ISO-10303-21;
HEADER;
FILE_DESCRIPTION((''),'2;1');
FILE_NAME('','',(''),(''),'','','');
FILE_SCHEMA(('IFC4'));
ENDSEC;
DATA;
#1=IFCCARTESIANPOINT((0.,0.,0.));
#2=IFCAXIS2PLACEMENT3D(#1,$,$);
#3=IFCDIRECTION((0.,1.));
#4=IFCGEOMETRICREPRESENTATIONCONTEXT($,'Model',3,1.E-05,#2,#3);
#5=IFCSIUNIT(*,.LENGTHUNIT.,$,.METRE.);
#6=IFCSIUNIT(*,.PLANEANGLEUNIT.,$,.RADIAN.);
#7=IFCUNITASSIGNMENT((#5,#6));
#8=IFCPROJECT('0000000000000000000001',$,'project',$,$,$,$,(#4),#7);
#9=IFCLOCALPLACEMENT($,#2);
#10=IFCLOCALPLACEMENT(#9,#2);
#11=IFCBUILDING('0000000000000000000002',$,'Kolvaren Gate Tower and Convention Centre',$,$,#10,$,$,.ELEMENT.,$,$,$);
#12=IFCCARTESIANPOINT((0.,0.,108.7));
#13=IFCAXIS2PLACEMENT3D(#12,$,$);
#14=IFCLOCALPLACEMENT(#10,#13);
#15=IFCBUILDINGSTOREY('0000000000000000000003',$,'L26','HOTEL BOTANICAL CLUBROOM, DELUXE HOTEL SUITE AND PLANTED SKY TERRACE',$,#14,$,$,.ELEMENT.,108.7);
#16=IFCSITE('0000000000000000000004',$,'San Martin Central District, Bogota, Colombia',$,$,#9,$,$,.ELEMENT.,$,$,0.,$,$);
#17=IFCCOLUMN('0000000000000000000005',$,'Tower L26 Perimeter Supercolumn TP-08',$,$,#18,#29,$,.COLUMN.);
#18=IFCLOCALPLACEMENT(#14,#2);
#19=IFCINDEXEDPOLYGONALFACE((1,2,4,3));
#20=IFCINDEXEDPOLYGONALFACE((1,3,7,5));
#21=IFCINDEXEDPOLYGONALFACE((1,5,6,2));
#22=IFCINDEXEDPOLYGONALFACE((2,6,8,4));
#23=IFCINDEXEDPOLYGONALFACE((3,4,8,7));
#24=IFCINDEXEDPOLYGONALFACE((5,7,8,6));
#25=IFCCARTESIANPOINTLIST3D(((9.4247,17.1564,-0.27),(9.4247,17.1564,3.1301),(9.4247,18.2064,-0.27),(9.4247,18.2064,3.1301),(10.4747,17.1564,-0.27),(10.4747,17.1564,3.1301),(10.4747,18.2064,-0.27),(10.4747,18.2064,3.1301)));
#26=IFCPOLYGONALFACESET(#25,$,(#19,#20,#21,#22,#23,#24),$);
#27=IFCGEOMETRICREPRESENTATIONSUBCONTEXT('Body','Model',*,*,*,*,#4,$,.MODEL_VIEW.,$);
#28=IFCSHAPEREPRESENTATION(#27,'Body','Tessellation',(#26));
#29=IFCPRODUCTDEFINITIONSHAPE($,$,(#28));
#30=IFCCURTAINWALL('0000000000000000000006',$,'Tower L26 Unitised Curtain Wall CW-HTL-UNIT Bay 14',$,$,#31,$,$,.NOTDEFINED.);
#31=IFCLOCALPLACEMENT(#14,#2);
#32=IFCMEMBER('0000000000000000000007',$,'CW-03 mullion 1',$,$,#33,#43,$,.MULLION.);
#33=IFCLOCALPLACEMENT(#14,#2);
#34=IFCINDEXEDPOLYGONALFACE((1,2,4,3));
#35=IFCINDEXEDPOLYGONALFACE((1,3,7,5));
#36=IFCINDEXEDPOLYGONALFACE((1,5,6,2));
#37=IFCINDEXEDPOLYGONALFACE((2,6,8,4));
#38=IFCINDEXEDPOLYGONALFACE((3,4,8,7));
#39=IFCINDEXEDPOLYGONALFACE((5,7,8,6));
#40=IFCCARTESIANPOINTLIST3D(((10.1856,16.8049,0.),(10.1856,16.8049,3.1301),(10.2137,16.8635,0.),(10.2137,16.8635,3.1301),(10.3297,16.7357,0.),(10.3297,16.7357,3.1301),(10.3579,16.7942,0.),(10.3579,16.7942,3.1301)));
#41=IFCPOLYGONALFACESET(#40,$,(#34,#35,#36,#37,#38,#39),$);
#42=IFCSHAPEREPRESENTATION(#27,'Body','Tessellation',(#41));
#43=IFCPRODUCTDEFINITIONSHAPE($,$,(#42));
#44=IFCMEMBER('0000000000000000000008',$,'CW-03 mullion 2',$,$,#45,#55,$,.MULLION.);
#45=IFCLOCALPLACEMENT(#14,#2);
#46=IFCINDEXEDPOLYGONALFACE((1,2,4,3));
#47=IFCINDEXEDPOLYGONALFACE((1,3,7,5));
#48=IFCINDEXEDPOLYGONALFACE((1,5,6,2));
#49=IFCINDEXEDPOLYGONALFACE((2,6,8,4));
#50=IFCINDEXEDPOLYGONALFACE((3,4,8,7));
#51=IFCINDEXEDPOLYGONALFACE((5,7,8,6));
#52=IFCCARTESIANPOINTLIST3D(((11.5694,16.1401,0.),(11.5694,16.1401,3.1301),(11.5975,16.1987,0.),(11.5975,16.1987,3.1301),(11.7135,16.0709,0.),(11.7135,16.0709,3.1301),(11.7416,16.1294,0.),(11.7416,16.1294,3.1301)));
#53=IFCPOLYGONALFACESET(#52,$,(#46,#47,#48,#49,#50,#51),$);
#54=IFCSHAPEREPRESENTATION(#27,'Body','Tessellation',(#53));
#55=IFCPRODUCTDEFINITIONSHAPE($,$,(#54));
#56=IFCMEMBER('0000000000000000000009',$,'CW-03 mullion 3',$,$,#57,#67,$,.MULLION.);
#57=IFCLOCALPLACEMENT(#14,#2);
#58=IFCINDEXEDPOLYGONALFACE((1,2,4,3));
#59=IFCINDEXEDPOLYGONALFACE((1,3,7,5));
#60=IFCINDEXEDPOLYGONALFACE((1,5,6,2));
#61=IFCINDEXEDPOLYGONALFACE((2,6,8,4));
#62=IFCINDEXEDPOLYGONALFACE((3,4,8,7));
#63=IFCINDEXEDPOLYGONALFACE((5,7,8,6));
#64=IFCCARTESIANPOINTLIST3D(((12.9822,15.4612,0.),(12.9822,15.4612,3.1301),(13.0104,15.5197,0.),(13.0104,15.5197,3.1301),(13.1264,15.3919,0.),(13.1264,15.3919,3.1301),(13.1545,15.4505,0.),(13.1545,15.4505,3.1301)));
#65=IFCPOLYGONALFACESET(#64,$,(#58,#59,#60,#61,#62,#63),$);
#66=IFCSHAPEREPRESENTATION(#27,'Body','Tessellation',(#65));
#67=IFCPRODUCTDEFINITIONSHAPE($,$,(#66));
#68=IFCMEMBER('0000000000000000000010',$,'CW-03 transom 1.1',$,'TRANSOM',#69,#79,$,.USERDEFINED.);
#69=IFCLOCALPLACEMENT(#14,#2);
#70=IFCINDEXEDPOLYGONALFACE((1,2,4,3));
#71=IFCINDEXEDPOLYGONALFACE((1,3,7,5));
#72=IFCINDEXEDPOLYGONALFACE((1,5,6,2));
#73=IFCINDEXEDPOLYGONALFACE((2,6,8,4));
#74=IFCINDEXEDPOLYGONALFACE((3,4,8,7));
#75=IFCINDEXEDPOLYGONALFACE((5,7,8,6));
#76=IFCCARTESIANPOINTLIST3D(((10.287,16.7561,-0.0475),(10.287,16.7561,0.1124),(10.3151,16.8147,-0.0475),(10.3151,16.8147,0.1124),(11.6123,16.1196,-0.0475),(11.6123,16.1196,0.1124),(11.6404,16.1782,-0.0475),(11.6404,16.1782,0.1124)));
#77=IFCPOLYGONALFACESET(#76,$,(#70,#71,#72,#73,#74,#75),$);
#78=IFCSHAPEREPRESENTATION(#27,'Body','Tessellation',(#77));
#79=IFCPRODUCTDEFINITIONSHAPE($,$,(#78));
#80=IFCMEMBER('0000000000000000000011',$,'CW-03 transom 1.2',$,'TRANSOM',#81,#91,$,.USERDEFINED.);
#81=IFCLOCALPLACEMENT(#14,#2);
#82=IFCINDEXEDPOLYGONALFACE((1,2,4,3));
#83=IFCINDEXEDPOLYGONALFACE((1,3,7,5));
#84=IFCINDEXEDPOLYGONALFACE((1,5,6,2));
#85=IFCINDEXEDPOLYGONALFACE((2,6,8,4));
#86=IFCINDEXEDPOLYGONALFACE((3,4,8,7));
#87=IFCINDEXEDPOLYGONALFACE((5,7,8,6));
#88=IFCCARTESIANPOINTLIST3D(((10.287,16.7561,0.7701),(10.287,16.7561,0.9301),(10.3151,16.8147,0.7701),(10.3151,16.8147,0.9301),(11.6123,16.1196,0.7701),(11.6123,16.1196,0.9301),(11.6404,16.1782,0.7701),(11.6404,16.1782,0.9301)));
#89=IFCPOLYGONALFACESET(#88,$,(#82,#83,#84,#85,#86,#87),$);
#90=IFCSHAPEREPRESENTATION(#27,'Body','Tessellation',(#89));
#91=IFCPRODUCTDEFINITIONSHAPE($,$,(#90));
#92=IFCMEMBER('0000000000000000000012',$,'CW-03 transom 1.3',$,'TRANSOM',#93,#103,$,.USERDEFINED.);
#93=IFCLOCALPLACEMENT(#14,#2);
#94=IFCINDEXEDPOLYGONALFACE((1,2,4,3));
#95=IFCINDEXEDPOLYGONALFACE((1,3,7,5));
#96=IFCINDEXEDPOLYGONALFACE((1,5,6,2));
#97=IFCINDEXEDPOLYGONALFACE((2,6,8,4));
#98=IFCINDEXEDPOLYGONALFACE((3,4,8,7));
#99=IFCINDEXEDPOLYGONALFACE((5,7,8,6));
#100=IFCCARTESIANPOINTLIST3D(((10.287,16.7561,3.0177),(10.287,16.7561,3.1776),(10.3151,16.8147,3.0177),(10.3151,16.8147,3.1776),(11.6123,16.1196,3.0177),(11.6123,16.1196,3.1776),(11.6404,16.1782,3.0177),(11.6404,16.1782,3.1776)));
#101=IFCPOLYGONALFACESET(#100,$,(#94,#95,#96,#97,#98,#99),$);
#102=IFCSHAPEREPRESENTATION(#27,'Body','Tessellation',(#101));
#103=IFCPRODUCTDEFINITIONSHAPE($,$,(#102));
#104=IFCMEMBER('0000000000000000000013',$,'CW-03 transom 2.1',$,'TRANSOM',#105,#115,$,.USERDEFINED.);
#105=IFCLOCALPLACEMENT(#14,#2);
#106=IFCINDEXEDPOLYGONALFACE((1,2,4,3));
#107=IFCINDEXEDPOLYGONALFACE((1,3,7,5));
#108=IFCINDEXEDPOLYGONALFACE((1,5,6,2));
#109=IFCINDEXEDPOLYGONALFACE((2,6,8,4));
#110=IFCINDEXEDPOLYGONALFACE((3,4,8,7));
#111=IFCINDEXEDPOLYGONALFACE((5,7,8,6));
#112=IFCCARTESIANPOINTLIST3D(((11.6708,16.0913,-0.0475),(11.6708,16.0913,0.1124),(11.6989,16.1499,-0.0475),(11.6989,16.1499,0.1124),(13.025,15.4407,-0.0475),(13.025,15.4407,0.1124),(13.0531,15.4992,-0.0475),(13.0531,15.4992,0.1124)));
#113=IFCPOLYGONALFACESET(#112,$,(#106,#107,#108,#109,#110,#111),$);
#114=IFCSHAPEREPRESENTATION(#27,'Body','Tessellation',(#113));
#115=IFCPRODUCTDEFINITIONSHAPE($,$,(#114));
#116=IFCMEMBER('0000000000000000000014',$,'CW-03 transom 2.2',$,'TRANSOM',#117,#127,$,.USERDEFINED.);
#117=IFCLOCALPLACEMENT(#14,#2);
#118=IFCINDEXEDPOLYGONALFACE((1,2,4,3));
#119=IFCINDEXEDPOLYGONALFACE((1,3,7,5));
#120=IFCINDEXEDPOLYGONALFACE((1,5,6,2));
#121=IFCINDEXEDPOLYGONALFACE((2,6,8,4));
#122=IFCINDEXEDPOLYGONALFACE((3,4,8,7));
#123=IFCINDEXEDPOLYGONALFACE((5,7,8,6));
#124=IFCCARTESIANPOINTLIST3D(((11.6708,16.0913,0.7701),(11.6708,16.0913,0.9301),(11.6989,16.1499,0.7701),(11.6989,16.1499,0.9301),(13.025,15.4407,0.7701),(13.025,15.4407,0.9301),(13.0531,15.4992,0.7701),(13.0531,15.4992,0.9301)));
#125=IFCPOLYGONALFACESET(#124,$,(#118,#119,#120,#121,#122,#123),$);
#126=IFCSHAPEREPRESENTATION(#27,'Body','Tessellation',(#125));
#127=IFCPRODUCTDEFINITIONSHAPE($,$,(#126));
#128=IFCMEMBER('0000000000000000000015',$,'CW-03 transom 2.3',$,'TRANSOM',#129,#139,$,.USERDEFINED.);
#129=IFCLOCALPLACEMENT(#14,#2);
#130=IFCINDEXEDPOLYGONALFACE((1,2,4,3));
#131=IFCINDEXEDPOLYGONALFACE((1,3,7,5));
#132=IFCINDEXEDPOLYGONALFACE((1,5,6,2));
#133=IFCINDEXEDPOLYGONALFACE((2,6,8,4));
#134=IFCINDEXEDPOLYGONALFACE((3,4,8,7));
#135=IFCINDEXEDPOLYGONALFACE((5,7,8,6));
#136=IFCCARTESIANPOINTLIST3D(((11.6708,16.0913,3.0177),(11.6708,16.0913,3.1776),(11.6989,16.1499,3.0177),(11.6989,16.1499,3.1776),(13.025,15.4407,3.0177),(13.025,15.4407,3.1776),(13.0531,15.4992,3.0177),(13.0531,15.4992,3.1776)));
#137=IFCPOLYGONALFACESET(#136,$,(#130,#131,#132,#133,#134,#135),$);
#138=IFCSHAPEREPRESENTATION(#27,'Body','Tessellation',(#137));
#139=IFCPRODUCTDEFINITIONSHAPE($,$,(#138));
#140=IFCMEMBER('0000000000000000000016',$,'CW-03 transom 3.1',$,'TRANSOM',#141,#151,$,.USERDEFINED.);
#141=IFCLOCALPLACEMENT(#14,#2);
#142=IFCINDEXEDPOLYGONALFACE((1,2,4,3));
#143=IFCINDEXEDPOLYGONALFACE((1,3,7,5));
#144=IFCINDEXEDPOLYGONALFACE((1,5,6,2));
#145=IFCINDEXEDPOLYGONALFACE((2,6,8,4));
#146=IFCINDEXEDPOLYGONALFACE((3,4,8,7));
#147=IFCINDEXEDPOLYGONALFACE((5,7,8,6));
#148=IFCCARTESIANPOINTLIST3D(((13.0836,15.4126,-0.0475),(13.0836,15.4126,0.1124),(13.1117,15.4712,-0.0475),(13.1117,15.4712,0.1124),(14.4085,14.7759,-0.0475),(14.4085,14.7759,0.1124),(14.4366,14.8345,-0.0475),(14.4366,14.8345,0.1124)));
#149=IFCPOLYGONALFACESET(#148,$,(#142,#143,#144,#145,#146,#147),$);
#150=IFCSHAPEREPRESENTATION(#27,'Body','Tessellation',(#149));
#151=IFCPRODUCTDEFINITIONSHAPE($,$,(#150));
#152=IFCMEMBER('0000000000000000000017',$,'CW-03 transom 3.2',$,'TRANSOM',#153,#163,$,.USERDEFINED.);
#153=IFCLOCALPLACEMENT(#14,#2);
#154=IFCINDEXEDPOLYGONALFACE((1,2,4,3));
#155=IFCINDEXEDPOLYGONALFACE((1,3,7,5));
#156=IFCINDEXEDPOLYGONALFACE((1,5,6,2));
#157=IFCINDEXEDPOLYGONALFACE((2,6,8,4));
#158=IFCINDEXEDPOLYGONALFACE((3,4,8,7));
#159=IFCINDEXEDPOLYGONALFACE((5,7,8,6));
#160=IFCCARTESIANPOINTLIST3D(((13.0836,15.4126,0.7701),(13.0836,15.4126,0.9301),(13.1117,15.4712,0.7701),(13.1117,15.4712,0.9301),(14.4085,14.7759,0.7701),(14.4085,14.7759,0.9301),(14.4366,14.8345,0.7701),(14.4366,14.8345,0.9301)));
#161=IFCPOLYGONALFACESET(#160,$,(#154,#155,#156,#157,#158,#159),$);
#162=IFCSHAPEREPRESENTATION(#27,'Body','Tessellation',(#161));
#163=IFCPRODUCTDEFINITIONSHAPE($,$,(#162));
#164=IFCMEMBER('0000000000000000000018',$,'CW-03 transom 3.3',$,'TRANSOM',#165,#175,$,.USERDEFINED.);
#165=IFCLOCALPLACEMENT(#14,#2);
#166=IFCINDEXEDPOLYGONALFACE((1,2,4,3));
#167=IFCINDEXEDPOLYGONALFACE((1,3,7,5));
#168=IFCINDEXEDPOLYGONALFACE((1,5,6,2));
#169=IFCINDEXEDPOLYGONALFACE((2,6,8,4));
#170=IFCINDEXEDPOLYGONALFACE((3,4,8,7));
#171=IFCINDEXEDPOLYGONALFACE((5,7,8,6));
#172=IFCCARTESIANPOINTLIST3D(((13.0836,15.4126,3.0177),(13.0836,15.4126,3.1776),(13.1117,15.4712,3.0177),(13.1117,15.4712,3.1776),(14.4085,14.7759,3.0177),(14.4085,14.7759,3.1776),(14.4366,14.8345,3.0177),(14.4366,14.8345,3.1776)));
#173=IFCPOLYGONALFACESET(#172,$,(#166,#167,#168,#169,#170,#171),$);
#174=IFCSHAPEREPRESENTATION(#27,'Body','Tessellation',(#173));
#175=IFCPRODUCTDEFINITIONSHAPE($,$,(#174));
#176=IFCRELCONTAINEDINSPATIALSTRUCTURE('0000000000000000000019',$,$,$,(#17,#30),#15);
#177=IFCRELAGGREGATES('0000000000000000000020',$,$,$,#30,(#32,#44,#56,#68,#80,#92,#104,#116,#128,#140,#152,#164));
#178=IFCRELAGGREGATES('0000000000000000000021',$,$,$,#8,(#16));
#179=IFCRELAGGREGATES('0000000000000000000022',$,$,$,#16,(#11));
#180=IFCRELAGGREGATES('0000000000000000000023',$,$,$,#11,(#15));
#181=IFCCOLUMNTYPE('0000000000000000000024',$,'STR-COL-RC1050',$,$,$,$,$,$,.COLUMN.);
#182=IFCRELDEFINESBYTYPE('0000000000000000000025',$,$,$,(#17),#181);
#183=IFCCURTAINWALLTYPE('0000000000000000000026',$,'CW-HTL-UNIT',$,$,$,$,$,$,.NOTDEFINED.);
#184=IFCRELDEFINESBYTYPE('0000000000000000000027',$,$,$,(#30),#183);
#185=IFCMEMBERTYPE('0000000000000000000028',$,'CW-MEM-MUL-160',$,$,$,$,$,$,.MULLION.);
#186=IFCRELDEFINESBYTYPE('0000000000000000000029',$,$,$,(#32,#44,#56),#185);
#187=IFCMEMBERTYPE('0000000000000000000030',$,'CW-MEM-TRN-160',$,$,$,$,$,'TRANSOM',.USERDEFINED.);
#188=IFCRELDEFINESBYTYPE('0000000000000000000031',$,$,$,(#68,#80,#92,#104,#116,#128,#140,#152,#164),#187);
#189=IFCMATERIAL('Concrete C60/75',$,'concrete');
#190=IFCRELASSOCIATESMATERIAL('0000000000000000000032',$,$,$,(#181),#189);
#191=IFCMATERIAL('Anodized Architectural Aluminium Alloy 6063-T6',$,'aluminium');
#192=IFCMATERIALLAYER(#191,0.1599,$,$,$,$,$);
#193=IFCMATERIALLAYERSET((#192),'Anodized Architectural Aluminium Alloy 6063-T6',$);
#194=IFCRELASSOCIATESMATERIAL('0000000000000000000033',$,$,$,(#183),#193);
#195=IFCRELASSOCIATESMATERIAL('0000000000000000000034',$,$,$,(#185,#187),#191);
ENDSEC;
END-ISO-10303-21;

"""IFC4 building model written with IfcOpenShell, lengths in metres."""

from ifc_helpers import new_model, si_unit, direction, frame, origin, origin_2d, place, context, subcontext, project, spatial, rectangle, extrude, material, layer, layer_set, material_profile, profile_set, type_object, element, aggregate, save


model = new_model("IFC4")

# Units and contexts
model_context = context("Model", 3, precision=1e-05, world=origin(), true_north=direction((0.0, 1.0)))
body_context = subcontext(model_context, "Body", "Model", "MODEL_VIEW")
ifc_project = project(units=[si_unit("LENGTHUNIT", "METRE"), si_unit("PLANEANGLEUNIT", "RADIAN")], contexts=[model_context])

# Site, building, storey
site_placement = place(None, origin())
site = spatial("IfcSite", under=ifc_project, at=site_placement, Name="San Martin Central District, Bogota, Colombia", CompositionType="ELEMENT", RefElevation=0.0)
building_placement = place(site_placement, origin())
building = spatial("IfcBuilding", under=site, at=building_placement, Name="Kolvaren Gate Tower and Convention Centre", CompositionType="ELEMENT")
storey_placement = place(building_placement, frame((0.0, 0.0, 108.7)))
storey = spatial("IfcBuildingStorey", under=building, at=storey_placement, Name="L26", Description="HOTEL BOTANICAL CLUBROOM, DELUXE HOTEL SUITE AND PLANTED SKY TERRACE", CompositionType="ELEMENT", Elevation=108.7)

# Column
ifc_material_1 = material(Name="Concrete C60/75", Category="concrete")
ifc_material_profile_1 = material_profile(ifc_material_1, rectangle(XDim=1.05, YDim=1.05, at=origin_2d()), Name="RC-COL-1050X1050")
ifc_profile_set_1 = profile_set([ifc_material_profile_1], Name="Concrete C60/75")
column_type = type_object("IfcColumnType", Name="STR-COL-RC1050", PredefinedType="COLUMN", material=ifc_profile_set_1)
column_placement = place(storey_placement, frame((9.9497, 17.6814, -0.27), z_axis=(0.0, 0.0, 1.0), x_axis=(1.0, 0.0, 0.0)))
element("IfcColumn", 1, at=column_placement, inside=storey, type_object=column_type, Name="Tower L26 Perimeter Supercolumn TP-08", PredefinedType="COLUMN", context=body_context, shape_type="SweptSolid", body=[
    extrude(rectangle(XDim=1.05, YDim=1.05, at=origin_2d()), origin(), (0.0, 0.0, 1.0), 3.4001),
])

# Curtain wall, members
ifc_material_2 = material(Name="Anodized Architectural Aluminium Alloy 6063-T6", Category="aluminium")
ifc_layer_1 = layer(ifc_material_2, 0.1599)
ifc_layer_set_1 = layer_set([ifc_layer_1], Name="Anodized Architectural Aluminium Alloy 6063-T6")
curtain_wall_type = type_object("IfcCurtainWallType", Name="CW-HTL-UNIT", PredefinedType="NOTDEFINED", material=ifc_layer_set_1)
curtain_wall_placement = place(storey_placement, origin())
curtain_wall = element("IfcCurtainWall", 2, at=curtain_wall_placement, inside=storey, type_object=curtain_wall_type, Name="Tower L26 Unitised Curtain Wall CW-HTL-UNIT Bay 14", PredefinedType="NOTDEFINED")
ifc_material_profile_2 = material_profile(ifc_material_2, rectangle(XDim=0.0649, YDim=0.1599, at=origin_2d()), Name="CW-MEM-MUL-160")
ifc_profile_set_2 = profile_set([ifc_material_profile_2], Name="Anodized Architectural Aluminium Alloy 6063-T6")
member_type_1 = type_object("IfcMemberType", Name="CW-MEM-MUL-160", PredefinedType="MULLION", material=ifc_profile_set_2)
member_1_placement = place(storey_placement, frame((10.2717, 16.7996, 0.0), z_axis=(0.0, 0.0, 1.0), x_axis=(0.433073, 0.901359, 0.0)))
member_1 = element("IfcMember", 3, at=member_1_placement, type_object=member_type_1, Name="CW-03 mullion 1", PredefinedType="MULLION", context=body_context, shape_type="SweptSolid", body=[
    extrude(rectangle(XDim=0.0649, YDim=0.1599, at=origin_2d()), origin(), (0.0, 0.0, 1.0), 3.1301),
])
member_2_placement = place(storey_placement, frame((11.6555, 16.1348, 0.0), z_axis=(0.0, 0.0, 1.0), x_axis=(0.433073, 0.901359, 0.0)))
member_2 = element("IfcMember", 4, at=member_2_placement, type_object=member_type_1, Name="CW-03 mullion 2", PredefinedType="MULLION", context=body_context, shape_type="SweptSolid", body=[
    extrude(rectangle(XDim=0.0649, YDim=0.1599, at=origin_2d()), origin(), (0.0, 0.0, 1.0), 3.1301),
])
member_3_placement = place(storey_placement, frame((13.0684, 15.4558, 0.0), z_axis=(0.0, 0.0, 1.0), x_axis=(0.433073, 0.901359, 0.0)))
member_3 = element("IfcMember", 5, at=member_3_placement, type_object=member_type_1, Name="CW-03 mullion 3", PredefinedType="MULLION", context=body_context, shape_type="SweptSolid", body=[
    extrude(rectangle(XDim=0.0649, YDim=0.1599, at=origin_2d()), origin(), (0.0, 0.0, 1.0), 3.1301),
])
ifc_material_profile_3 = material_profile(ifc_material_2, rectangle(XDim=0.0649, YDim=0.1599, at=origin_2d()), Name="CW-MEM-TRN-160")
ifc_profile_set_3 = profile_set([ifc_material_profile_3], Name="Anodized Architectural Aluminium Alloy 6063-T6")
member_type_2 = type_object("IfcMemberType", Name="CW-MEM-TRN-160", ElementType="TRANSOM", PredefinedType="USERDEFINED", material=ifc_profile_set_3)
member_4_placement = place(storey_placement, frame((10.301, 16.7854, 0.0325), z_axis=(0.901422, -0.432942, 0.0), x_axis=(0.432942, 0.901422, 0.0)))
member_4 = element("IfcMember", 6, at=member_4_placement, type_object=member_type_2, Name="CW-03 transom 1.1", ObjectType="TRANSOM", PredefinedType="USERDEFINED", context=body_context, shape_type="SweptSolid", body=[
    extrude(rectangle(XDim=0.0649, YDim=0.1599, at=origin_2d()), origin(), (0.0, 0.0, 1.0), 1.4702),
])
member_5_placement = place(storey_placement, frame((10.301, 16.7854, 0.8501), z_axis=(0.901422, -0.432942, 0.0), x_axis=(0.432942, 0.901422, 0.0)))
member_5 = element("IfcMember", 7, at=member_5_placement, type_object=member_type_2, Name="CW-03 transom 1.2", ObjectType="TRANSOM", PredefinedType="USERDEFINED", context=body_context, shape_type="SweptSolid", body=[
    extrude(rectangle(XDim=0.0649, YDim=0.1599, at=origin_2d()), origin(), (0.0, 0.0, 1.0), 1.4702),
])
member_6_placement = place(storey_placement, frame((10.301, 16.7854, 3.0977), z_axis=(0.901422, -0.432942, 0.0), x_axis=(0.432942, 0.901422, 0.0)))
member_6 = element("IfcMember", 8, at=member_6_placement, type_object=member_type_2, Name="CW-03 transom 1.3", ObjectType="TRANSOM", PredefinedType="USERDEFINED", context=body_context, shape_type="SweptSolid", body=[
    extrude(rectangle(XDim=0.0649, YDim=0.1599, at=origin_2d()), origin(), (0.0, 0.0, 1.0), 1.4702),
])
member_7_placement = place(storey_placement, frame((11.6848, 16.1206, 0.0325), z_axis=(0.901368, -0.433053, 0.0), x_axis=(0.433053, 0.901368, 0.0)))
member_7 = element("IfcMember", 9, at=member_7_placement, type_object=member_type_2, Name="CW-03 transom 2.1", ObjectType="TRANSOM", PredefinedType="USERDEFINED", context=body_context, shape_type="SweptSolid", body=[
    extrude(rectangle(XDim=0.0649, YDim=0.1599, at=origin_2d()), origin(), (0.0, 0.0, 1.0), 1.5024),
])
member_8_placement = place(storey_placement, frame((11.6848, 16.1206, 0.8501), z_axis=(0.901368, -0.433053, 0.0), x_axis=(0.433053, 0.901368, 0.0)))
member_8 = element("IfcMember", 10, at=member_8_placement, type_object=member_type_2, Name="CW-03 transom 2.2", ObjectType="TRANSOM", PredefinedType="USERDEFINED", context=body_context, shape_type="SweptSolid", body=[
    extrude(rectangle(XDim=0.0649, YDim=0.1599, at=origin_2d()), origin(), (0.0, 0.0, 1.0), 1.5024),
])
member_9_placement = place(storey_placement, frame((11.6848, 16.1206, 3.0977), z_axis=(0.901368, -0.433053, 0.0), x_axis=(0.433053, 0.901368, 0.0)))
member_9 = element("IfcMember", 11, at=member_9_placement, type_object=member_type_2, Name="CW-03 transom 2.3", ObjectType="TRANSOM", PredefinedType="USERDEFINED", context=body_context, shape_type="SweptSolid", body=[
    extrude(rectangle(XDim=0.0649, YDim=0.1599, at=origin_2d()), origin(), (0.0, 0.0, 1.0), 1.5024),
])
member_10_placement = place(storey_placement, frame((13.0977, 15.4419, 0.0325), z_axis=(0.901326, -0.433141, 0.0), x_axis=(0.433141, 0.901326, 0.0)))
member_10 = element("IfcMember", 12, at=member_10_placement, type_object=member_type_2, Name="CW-03 transom 3.1", ObjectType="TRANSOM", PredefinedType="USERDEFINED", context=body_context, shape_type="SweptSolid", body=[
    extrude(rectangle(XDim=0.0649, YDim=0.1599, at=origin_2d()), origin(), (0.0, 0.0, 1.0), 1.47),
])
member_11_placement = place(storey_placement, frame((13.0977, 15.4419, 0.8501), z_axis=(0.901326, -0.433141, 0.0), x_axis=(0.433141, 0.901326, 0.0)))
member_11 = element("IfcMember", 13, at=member_11_placement, type_object=member_type_2, Name="CW-03 transom 3.2", ObjectType="TRANSOM", PredefinedType="USERDEFINED", context=body_context, shape_type="SweptSolid", body=[
    extrude(rectangle(XDim=0.0649, YDim=0.1599, at=origin_2d()), origin(), (0.0, 0.0, 1.0), 1.47),
])
member_12_placement = place(storey_placement, frame((13.0977, 15.4419, 3.0977), z_axis=(0.901326, -0.433141, 0.0), x_axis=(0.433141, 0.901326, 0.0)))
member_12 = element("IfcMember", 14, at=member_12_placement, type_object=member_type_2, Name="CW-03 transom 3.3", ObjectType="TRANSOM", PredefinedType="USERDEFINED", context=body_context, shape_type="SweptSolid", body=[
    extrude(rectangle(XDim=0.0649, YDim=0.1599, at=origin_2d()), origin(), (0.0, 0.0, 1.0), 1.47),
])

aggregate(curtain_wall, [member_1, member_2, member_3, member_4, member_5, member_6, member_7, member_8, member_9, member_10, member_11, member_12])

save(model, "model.ifc")
